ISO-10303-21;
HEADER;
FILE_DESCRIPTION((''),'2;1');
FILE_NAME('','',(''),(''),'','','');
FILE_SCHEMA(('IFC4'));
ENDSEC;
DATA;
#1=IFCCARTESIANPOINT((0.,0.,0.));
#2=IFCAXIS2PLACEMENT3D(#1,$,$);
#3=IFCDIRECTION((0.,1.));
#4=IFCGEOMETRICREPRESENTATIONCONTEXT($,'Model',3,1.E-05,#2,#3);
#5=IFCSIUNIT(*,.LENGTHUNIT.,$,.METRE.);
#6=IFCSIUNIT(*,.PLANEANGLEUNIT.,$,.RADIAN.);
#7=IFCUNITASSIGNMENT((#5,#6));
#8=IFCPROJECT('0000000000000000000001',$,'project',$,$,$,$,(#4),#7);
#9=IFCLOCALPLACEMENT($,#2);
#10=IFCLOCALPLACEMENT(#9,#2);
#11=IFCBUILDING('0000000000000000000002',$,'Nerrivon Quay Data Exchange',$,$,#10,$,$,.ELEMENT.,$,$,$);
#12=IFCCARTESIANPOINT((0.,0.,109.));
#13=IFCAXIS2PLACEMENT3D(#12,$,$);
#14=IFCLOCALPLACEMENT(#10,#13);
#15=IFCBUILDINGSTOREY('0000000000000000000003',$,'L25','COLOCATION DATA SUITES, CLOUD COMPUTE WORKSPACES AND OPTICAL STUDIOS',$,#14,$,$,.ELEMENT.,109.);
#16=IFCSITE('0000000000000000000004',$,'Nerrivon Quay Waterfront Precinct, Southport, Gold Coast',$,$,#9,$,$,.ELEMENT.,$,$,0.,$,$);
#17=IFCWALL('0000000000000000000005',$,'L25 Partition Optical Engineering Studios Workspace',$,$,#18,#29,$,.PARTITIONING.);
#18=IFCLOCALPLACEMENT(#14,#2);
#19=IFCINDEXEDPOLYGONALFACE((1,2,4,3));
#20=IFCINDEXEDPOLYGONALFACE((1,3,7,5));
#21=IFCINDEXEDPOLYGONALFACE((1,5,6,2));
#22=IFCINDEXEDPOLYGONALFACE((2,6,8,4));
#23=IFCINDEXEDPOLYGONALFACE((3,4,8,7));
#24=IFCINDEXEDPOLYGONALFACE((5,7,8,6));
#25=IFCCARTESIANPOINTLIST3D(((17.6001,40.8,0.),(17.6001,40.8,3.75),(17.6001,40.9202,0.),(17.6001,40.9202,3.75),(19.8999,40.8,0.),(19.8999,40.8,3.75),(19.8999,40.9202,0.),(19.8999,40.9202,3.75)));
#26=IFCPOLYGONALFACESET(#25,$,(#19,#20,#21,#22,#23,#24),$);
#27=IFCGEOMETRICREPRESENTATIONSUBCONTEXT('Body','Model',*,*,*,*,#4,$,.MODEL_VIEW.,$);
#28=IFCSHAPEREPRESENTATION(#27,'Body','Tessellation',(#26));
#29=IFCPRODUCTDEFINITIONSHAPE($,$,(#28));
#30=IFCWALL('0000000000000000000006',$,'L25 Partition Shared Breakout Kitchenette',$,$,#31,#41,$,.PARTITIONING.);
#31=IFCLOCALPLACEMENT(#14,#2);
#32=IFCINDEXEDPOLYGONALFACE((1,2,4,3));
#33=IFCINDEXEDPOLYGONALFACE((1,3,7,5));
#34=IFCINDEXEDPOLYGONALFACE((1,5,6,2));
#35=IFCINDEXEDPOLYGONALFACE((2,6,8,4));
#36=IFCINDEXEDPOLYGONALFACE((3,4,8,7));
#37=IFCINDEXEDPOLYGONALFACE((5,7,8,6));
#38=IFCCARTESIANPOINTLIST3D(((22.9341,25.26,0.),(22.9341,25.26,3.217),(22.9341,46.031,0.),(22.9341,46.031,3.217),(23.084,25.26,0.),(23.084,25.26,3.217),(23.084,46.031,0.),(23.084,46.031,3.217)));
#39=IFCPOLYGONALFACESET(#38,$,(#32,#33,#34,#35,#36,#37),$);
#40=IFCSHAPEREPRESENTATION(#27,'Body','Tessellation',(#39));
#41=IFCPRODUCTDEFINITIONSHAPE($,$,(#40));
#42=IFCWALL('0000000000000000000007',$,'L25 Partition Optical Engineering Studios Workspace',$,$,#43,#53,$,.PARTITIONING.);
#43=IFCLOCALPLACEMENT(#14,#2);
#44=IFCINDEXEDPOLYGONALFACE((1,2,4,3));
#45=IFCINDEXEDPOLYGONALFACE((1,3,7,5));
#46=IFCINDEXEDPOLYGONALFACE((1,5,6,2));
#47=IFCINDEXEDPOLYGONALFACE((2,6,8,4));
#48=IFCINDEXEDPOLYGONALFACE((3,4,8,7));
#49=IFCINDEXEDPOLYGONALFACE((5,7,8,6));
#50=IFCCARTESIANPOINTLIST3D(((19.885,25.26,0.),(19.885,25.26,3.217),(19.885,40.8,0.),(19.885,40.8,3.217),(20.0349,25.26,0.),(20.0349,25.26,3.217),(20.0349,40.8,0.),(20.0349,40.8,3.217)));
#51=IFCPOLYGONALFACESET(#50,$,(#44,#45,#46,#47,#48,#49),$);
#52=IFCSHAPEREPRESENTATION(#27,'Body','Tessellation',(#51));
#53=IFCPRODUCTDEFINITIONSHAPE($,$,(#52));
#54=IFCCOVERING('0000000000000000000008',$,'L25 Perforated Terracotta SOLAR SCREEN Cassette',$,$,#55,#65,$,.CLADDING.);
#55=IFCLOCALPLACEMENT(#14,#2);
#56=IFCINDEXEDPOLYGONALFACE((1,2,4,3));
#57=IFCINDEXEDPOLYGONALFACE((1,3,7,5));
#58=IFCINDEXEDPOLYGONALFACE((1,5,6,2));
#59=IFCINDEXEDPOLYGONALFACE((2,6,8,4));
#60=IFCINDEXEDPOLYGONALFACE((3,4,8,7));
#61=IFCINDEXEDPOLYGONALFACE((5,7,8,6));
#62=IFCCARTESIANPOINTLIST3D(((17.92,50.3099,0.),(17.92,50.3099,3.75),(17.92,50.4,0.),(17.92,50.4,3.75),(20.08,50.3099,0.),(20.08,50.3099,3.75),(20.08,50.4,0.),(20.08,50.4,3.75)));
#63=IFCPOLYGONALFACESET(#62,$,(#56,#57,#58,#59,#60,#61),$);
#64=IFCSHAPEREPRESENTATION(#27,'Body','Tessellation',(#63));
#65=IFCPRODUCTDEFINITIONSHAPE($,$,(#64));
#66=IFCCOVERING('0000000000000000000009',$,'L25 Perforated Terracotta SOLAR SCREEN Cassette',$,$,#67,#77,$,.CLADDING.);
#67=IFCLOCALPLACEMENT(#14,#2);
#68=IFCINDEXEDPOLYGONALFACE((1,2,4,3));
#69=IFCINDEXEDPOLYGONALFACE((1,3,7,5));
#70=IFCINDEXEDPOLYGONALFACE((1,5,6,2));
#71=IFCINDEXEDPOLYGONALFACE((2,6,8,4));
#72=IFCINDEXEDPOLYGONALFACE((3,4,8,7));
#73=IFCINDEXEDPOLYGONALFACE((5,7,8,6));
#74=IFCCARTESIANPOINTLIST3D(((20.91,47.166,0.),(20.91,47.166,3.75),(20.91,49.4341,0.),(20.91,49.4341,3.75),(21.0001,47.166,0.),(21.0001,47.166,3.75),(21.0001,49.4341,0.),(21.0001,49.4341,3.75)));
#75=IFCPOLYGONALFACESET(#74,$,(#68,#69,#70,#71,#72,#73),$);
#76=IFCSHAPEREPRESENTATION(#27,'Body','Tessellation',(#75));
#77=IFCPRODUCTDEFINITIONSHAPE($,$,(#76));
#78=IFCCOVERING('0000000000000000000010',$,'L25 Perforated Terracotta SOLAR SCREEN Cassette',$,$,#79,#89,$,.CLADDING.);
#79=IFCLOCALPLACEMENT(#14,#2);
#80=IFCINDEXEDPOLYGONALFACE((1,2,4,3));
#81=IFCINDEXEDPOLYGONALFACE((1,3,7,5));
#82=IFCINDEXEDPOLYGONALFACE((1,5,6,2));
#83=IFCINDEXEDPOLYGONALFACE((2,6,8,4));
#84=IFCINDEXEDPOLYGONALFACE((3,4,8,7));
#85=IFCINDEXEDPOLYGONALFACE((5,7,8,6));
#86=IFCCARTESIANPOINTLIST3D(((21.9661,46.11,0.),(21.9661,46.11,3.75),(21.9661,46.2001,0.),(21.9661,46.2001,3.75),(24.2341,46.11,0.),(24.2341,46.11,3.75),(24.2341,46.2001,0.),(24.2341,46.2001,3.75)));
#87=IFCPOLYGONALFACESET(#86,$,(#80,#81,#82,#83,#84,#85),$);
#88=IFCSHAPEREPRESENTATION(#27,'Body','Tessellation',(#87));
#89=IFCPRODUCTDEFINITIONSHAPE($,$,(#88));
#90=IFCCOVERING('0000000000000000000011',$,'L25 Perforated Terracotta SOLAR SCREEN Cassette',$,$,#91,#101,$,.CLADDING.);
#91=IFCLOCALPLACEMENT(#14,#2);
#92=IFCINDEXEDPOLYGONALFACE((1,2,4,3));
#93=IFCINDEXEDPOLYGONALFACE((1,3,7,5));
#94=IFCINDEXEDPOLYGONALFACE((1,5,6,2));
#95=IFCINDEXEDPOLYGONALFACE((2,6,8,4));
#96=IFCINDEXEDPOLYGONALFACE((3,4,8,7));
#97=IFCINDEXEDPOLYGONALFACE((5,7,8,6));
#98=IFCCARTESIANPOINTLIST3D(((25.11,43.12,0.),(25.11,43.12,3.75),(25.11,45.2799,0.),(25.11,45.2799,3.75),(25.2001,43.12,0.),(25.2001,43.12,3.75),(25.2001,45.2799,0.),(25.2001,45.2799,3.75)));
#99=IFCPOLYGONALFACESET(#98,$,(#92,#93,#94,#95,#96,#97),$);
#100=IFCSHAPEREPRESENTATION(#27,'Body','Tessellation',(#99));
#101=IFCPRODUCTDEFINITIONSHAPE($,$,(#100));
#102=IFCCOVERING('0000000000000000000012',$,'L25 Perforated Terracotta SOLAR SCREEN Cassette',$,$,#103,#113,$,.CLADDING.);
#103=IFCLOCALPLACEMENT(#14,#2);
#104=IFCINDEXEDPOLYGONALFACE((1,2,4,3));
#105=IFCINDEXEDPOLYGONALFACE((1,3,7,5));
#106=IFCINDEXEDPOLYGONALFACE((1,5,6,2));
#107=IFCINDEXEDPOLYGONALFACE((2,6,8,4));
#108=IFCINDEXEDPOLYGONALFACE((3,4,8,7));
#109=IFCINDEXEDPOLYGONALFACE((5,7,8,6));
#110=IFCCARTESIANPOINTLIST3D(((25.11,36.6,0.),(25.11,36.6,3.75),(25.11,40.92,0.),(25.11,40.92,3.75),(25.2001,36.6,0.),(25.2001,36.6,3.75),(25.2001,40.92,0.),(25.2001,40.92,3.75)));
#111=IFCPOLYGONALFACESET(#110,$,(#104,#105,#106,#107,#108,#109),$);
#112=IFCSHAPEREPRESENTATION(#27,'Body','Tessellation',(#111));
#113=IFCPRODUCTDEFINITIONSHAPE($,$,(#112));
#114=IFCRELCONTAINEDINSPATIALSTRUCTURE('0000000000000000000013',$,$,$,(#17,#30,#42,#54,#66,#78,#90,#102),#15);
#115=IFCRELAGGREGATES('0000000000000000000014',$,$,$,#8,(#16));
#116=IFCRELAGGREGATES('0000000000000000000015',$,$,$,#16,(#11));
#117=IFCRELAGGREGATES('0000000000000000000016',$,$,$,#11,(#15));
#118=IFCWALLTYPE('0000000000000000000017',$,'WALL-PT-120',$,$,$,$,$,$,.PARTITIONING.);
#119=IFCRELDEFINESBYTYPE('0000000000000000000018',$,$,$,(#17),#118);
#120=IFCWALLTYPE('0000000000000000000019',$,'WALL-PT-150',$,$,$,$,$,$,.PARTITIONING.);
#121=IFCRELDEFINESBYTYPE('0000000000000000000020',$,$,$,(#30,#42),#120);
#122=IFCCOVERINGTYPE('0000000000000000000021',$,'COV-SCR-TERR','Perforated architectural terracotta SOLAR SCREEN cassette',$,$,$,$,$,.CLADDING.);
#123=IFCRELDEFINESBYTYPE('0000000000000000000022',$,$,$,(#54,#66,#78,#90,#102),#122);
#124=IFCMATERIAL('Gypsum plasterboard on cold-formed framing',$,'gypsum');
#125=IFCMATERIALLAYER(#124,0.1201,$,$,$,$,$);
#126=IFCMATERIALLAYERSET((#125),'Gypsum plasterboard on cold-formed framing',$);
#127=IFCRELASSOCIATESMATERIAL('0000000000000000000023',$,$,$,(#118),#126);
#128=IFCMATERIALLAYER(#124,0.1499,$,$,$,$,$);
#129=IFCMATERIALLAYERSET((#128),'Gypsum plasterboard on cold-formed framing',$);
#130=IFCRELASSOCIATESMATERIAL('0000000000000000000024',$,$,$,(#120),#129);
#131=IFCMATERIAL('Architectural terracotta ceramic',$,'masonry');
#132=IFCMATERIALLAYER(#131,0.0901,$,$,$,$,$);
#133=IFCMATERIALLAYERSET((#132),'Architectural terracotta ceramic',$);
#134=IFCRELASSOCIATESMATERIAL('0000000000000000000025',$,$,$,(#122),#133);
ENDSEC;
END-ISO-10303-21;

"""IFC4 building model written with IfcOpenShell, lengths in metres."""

from ifc_helpers import new_model, si_unit, direction, frame, frame_2d, origin, origin_2d, place, context, subcontext, project, spatial, rectangle, extrude, material, layer, layer_set, type_object, element, save


model = new_model("IFC4")

# Units and contexts
model_context = context("Model", 3, precision=1e-05, world=origin(), true_north=direction((0.0, 1.0)))
body_context = subcontext(model_context, "Body", "Model", "MODEL_VIEW")
ifc_project = project(units=[si_unit("LENGTHUNIT", "METRE"), si_unit("PLANEANGLEUNIT", "RADIAN")], contexts=[model_context])

# Site, building, storey
site_placement = place(None, origin())
site = spatial("IfcSite", under=ifc_project, at=site_placement, Name="Nerrivon Quay Waterfront Precinct, Southport, Gold Coast", CompositionType="ELEMENT", RefElevation=0.0)
building_placement = place(site_placement, origin())
building = spatial("IfcBuilding", under=site, at=building_placement, Name="Nerrivon Quay Data Exchange", CompositionType="ELEMENT")
storey_placement = place(building_placement, frame((0.0, 0.0, 109.0)))
storey = spatial("IfcBuildingStorey", under=building, at=storey_placement, Name="L25", Description="COLOCATION DATA SUITES, CLOUD COMPUTE WORKSPACES AND OPTICAL STUDIOS", CompositionType="ELEMENT", Elevation=109.0)

# Walls
ifc_material_1 = material(Name="Gypsum plasterboard on cold-formed framing", Category="gypsum")
ifc_layer_1 = layer(ifc_material_1, 0.1201)
ifc_layer_set_1 = layer_set([ifc_layer_1], Name="Gypsum plasterboard on cold-formed framing")
wall_type_1 = type_object("IfcWallType", Name="WALL-PT-120", PredefinedType="PARTITIONING", material=ifc_layer_set_1)
wall_1_placement = place(storey_placement, frame((17.6001, 40.8601, 0.0), z_axis=(0.0, 0.0, 1.0), x_axis=(1.0, 0.0, 0.0)))
element("IfcWall", 1, at=wall_1_placement, inside=storey, type_object=wall_type_1, Name="L25 Partition Optical Engineering Studios Workspace", PredefinedType="PARTITIONING", context=body_context, shape_type="SweptSolid", body=[
    extrude(rectangle(XDim=2.2998, YDim=0.1201, at=frame_2d((1.1499, 0.0))), origin(), (0.0, 0.0, 1.0), 3.75),
])
ifc_layer_2 = layer(ifc_material_1, 0.1499)
ifc_layer_set_2 = layer_set([ifc_layer_2], Name="Gypsum plasterboard on cold-formed framing")
wall_type_2 = type_object("IfcWallType", Name="WALL-PT-150", PredefinedType="PARTITIONING", material=ifc_layer_set_2)
wall_2_placement = place(storey_placement, frame((23.009, 46.031, 0.0), z_axis=(0.0, 0.0, 1.0), x_axis=(0.0, -1.0, 0.0)))
element("IfcWall", 2, at=wall_2_placement, inside=storey, type_object=wall_type_2, Name="L25 Partition Shared Breakout Kitchenette", PredefinedType="PARTITIONING", context=body_context, shape_type="SweptSolid", body=[
    extrude(rectangle(XDim=20.771, YDim=0.1499, at=frame_2d((10.3855, 0.0))), origin(), (0.0, 0.0, 1.0), 3.217),
])
wall_3_placement = place(storey_placement, frame((19.96, 40.8, 0.0), z_axis=(0.0, 0.0, 1.0), x_axis=(0.0, -1.0, 0.0)))
element("IfcWall", 3, at=wall_3_placement, inside=storey, type_object=wall_type_2, Name="L25 Partition Optical Engineering Studios Workspace", PredefinedType="PARTITIONING", context=body_context, shape_type="SweptSolid", body=[
    extrude(rectangle(XDim=15.54, YDim=0.1499, at=frame_2d((7.77, 0.0))), origin(), (0.0, 0.0, 1.0), 3.217),
])

# Coverings
ifc_material_2 = material(Name="Architectural terracotta ceramic", Category="masonry")
ifc_layer_3 = layer(ifc_material_2, 0.0901)
ifc_layer_set_3 = layer_set([ifc_layer_3], Name="Architectural terracotta ceramic")
covering_type = type_object("IfcCoveringType", Name="COV-SCR-TERR", Description="Perforated architectural terracotta SOLAR SCREEN cassette", PredefinedType="CLADDING", material=ifc_layer_set_3)
covering_1_placement = place(storey_placement, frame((19.0, 50.355, 0.0), z_axis=(0.0, 0.0, 1.0), x_axis=(1.0, 0.0, 0.0)))
element("IfcCovering", 4, at=covering_1_placement, inside=storey, type_object=covering_type, Name="L25 Perforated Terracotta SOLAR SCREEN Cassette", PredefinedType="CLADDING", context=body_context, shape_type="SweptSolid", body=[
    extrude(rectangle(XDim=2.1599, YDim=0.0901, at=origin_2d()), origin(), (0.0, 0.0, 1.0), 3.75),
])
for number, where, z_axis, x_axis, name in (
    (5, (20.9551, 48.3, 0.0), (0.0, 0.0, 1.0), (0.0, -1.0, 0.0), "L25 Perforated Terracotta SOLAR SCREEN Cassette"),
    (6, (23.1001, 46.155, 0.0), (0.0, 0.0, 1.0), (1.0, 0.0, 0.0), "L25 Perforated Terracotta SOLAR SCREEN Cassette"),
):
    element("IfcCovering", number, at=place(storey_placement, frame(where, z_axis=z_axis, x_axis=x_axis)), inside=storey, type_object=covering_type, Name=name, PredefinedType="CLADDING", context=body_context, shape_type="SweptSolid", body=[
        extrude(rectangle(XDim=2.2681, YDim=0.0901, at=origin_2d()), origin(), (0.0, 0.0, 1.0), 3.75),
    ])
covering_2_placement = place(storey_placement, frame((25.155, 44.2, 0.0), z_axis=(0.0, 0.0, 1.0), x_axis=(0.0, -1.0, 0.0)))
element("IfcCovering", 7, at=covering_2_placement, inside=storey, type_object=covering_type, Name="L25 Perforated Terracotta SOLAR SCREEN Cassette", PredefinedType="CLADDING", context=body_context, shape_type="SweptSolid", body=[
    extrude(rectangle(XDim=2.1599, YDim=0.0901, at=origin_2d()), origin(), (0.0, 0.0, 1.0), 3.75),
])
covering_3_placement = place(storey_placement, frame((25.155, 38.76, 0.0), z_axis=(0.0, 0.0, 1.0), x_axis=(0.0, -1.0, 0.0)))
element("IfcCovering", 8, at=covering_3_placement, inside=storey, type_object=covering_type, Name="L25 Perforated Terracotta SOLAR SCREEN Cassette", PredefinedType="CLADDING", context=body_context, shape_type="SweptSolid", body=[
    extrude(rectangle(XDim=4.3201, YDim=0.0901, at=origin_2d()), origin(), (0.0, 0.0, 1.0), 3.75),
])

save(model, "model.ifc")
